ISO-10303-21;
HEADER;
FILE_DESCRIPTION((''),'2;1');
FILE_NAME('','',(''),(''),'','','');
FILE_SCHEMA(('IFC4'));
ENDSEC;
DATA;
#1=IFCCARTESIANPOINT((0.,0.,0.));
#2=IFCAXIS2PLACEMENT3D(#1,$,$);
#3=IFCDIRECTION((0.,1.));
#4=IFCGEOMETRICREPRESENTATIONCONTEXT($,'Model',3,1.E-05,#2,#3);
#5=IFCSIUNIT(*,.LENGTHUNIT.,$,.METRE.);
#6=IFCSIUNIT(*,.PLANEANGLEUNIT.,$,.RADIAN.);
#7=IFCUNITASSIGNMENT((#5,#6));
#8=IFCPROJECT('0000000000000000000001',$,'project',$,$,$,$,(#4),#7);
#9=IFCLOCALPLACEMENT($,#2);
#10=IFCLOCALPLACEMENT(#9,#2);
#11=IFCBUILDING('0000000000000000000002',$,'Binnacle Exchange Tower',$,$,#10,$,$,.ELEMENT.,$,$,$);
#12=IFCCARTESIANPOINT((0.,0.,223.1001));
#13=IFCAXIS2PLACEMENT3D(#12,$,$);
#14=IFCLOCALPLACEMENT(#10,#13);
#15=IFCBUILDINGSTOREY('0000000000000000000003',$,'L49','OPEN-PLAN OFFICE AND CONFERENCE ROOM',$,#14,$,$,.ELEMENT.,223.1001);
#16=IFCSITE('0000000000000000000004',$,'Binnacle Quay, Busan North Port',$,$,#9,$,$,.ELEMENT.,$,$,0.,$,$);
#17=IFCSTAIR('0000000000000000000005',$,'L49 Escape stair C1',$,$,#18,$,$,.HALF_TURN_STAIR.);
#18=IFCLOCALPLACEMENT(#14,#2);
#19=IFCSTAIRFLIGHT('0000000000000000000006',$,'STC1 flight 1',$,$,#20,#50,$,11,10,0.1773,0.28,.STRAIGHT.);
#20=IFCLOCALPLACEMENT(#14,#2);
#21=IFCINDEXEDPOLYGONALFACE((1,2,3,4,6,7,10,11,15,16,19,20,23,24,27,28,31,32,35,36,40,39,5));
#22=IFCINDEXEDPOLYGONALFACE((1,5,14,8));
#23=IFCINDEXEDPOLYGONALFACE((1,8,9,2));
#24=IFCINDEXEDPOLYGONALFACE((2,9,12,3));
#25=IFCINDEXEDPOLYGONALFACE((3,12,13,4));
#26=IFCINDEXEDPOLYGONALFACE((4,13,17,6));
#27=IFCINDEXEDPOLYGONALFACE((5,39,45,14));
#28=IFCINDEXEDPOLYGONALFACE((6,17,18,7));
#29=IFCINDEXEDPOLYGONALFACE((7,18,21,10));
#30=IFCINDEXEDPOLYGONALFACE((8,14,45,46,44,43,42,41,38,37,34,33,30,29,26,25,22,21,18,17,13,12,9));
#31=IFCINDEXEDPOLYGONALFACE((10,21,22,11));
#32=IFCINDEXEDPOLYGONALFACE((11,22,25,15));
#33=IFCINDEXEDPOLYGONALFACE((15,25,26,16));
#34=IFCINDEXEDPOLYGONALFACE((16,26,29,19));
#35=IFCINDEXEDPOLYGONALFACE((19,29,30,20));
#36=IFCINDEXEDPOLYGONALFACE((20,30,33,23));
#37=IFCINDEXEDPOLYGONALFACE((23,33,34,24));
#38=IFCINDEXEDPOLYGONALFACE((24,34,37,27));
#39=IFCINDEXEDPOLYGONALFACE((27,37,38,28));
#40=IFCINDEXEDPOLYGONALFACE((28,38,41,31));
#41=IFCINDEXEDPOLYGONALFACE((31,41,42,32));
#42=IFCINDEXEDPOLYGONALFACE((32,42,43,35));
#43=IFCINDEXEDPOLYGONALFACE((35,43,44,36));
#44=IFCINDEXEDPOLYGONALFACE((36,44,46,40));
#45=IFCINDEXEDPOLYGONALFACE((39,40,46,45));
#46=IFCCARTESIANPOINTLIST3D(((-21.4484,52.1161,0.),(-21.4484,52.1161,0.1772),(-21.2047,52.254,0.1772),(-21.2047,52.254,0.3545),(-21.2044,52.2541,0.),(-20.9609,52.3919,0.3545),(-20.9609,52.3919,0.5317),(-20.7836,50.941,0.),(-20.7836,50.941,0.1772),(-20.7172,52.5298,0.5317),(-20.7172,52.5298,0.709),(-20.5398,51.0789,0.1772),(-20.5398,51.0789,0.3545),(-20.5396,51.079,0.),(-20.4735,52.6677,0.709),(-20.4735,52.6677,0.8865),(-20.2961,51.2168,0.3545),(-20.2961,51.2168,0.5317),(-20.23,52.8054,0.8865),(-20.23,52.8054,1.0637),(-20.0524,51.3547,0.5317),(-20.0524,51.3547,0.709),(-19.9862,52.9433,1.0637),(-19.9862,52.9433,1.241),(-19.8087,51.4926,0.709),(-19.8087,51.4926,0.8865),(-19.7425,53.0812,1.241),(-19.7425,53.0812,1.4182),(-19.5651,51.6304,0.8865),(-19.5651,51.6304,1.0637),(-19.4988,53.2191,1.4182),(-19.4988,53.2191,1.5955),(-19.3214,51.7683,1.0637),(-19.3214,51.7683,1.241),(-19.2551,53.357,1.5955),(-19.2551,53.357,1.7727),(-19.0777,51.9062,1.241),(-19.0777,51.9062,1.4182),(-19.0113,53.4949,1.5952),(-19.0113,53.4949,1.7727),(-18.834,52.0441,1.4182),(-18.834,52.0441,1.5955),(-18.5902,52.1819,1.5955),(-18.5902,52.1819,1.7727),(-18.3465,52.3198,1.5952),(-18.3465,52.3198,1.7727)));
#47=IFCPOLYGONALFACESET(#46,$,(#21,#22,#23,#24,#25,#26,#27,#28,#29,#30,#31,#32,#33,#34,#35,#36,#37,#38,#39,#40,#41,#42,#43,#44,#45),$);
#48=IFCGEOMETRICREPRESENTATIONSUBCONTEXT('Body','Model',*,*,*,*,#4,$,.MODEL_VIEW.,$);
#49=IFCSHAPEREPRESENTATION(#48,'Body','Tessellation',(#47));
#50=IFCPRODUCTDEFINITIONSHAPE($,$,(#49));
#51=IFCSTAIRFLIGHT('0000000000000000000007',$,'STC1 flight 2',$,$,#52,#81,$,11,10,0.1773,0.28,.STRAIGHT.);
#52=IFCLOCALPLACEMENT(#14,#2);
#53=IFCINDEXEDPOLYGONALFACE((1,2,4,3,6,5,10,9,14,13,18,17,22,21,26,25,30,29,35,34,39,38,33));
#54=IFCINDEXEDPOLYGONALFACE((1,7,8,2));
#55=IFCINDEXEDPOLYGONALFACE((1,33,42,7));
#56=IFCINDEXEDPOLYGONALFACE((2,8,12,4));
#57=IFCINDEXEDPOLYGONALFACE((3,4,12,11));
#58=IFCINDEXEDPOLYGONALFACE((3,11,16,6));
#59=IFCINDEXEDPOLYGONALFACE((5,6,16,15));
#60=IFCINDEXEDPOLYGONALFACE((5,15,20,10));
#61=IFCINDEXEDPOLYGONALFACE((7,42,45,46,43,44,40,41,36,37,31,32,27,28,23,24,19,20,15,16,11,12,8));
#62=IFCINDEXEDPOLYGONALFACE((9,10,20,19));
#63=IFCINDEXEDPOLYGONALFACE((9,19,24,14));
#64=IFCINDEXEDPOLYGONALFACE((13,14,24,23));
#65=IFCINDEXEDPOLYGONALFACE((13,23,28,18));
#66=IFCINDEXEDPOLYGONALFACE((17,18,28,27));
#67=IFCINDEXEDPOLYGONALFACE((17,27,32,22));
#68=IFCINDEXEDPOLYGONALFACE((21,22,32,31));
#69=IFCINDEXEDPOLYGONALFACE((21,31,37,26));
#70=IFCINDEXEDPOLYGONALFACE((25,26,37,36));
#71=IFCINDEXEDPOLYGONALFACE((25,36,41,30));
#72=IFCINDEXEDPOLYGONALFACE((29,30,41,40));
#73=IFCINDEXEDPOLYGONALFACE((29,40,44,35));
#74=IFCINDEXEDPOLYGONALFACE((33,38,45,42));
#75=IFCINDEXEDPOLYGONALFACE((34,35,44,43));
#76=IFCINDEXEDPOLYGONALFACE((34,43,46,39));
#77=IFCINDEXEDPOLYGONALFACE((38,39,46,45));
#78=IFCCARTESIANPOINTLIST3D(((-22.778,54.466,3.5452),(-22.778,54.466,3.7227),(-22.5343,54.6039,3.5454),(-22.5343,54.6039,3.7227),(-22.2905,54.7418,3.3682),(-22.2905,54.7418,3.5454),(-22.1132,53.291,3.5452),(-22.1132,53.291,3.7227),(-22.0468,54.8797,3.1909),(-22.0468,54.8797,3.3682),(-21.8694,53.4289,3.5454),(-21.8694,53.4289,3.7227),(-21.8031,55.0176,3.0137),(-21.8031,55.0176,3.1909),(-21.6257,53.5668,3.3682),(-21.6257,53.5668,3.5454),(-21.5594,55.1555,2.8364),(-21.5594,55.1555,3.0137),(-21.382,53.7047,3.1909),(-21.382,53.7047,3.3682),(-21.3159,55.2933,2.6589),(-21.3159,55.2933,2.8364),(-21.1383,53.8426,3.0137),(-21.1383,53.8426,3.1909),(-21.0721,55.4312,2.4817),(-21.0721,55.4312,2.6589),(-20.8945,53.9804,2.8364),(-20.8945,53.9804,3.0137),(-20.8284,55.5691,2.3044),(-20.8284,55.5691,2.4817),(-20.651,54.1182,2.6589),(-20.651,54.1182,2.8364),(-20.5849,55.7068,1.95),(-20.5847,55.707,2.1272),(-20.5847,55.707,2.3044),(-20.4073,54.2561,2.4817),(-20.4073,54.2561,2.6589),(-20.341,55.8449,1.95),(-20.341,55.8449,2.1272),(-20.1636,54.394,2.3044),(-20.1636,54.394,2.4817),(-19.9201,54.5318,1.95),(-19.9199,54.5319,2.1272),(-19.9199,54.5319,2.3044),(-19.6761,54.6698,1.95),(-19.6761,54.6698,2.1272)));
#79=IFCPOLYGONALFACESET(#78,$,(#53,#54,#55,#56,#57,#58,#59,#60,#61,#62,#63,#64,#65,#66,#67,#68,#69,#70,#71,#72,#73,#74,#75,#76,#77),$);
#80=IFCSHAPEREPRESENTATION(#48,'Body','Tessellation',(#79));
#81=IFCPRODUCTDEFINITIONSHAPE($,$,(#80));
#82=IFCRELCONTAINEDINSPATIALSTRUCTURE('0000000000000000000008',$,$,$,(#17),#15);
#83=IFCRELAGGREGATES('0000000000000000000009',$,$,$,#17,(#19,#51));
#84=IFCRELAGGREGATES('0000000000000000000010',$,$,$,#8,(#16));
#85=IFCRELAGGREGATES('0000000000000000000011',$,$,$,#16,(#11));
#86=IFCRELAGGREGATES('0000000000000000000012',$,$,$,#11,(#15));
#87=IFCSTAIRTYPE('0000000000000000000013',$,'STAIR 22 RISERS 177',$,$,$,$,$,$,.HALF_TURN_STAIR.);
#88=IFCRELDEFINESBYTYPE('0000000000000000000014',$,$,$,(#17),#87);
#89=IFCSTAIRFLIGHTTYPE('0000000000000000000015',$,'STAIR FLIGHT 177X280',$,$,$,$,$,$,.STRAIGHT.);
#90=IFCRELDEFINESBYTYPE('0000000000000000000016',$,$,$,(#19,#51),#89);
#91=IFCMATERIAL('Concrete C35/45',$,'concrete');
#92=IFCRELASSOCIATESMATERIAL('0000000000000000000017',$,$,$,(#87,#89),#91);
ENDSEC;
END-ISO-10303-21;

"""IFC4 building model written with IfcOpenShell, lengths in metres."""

from ifc_helpers import new_model, si_unit, direction, frame, origin, place, context, subcontext, project, spatial, polyline, outline, extrude, material, type_object, element, aggregate, save


model = new_model("IFC4")

# Units and contexts
model_context = context("Model", 3, precision=1e-05, world=origin(), true_north=direction((0.0, 1.0)))
body_context = subcontext(model_context, "Body", "Model", "MODEL_VIEW")
ifc_project = project(units=[si_unit("LENGTHUNIT", "METRE"), si_unit("PLANEANGLEUNIT", "RADIAN")], contexts=[model_context])

# Site, building, storey
site_placement = place(None, origin())
site = spatial("IfcSite", under=ifc_project, at=site_placement, Name="Binnacle Quay, Busan North Port", CompositionType="ELEMENT", RefElevation=0.0)
building_placement = place(site_placement, origin())
building = spatial("IfcBuilding", under=site, at=building_placement, Name="Binnacle Exchange Tower", CompositionType="ELEMENT")
storey_placement = place(building_placement, frame((0.0, 0.0, 223.1001)))
storey = spatial("IfcBuildingStorey", under=building, at=storey_placement, Name="L49", Description="OPEN-PLAN OFFICE AND CONFERENCE ROOM", CompositionType="ELEMENT", Elevation=223.1001)

# Stair, stair flights
ifc_material_1 = material(Name="Concrete C35/45", Category="concrete")
stair_type = type_object("IfcStairType", Name="STAIR 22 RISERS 177", PredefinedType="HALF_TURN_STAIR", material=ifc_material_1)
stair_placement = place(storey_placement, origin())
stair = element("IfcStair", 1, at=stair_placement, inside=storey, type_object=stair_type, Name="L49 Escape stair C1", PredefinedType="HALF_TURN_STAIR")
stair_flight_type = type_object("IfcStairFlightType", Name="STAIR FLIGHT 177X280", PredefinedType="STRAIGHT", material=ifc_material_1)
stair_flight_1_placement = place(storey_placement, frame((-21.116, 51.5286, 0.0), z_axis=(0.0, 0.0, 1.0), x_axis=(0.870356, 0.492424, 0.0)))
stair_flight_1 = element("IfcStairFlight", 2, at=stair_flight_1_placement, type_object=stair_flight_type, Name="STC1 flight 1", NumberOfRisers=11, NumberOfTreads=10, PredefinedType="STRAIGHT", RiserHeight=0.1773, TreadLength=0.28, context=body_context, shape_type="SweptSolid", body=[
    extrude(outline(polyline([(0.0, 0.0), (0.0, 0.1772), (0.28, 0.1772), (0.28, 0.3545), (0.5601, 0.3545), (0.5601, 0.5317), (0.8401, 0.5317), (0.8401, 0.709), (1.1201, 0.709), (1.1201, 0.8865), (1.3999, 0.8865), (1.3999, 1.0637), (1.6799, 1.0637), (1.6799, 1.241), (1.96, 1.241), (1.96, 1.4182), (2.24, 1.4182), (2.24, 1.5955), (2.52, 1.5955), (2.52, 1.7727), (2.8, 1.7727), (2.8, 1.95), (2.8, 1.5952), (0.2803, 0.0), (0.0, 0.0)])), frame((0.0, 0.675, 0.0), z_axis=(0.0, -1.0, 0.0), x_axis=(1.0, 0.0, 0.0)), (0.0, 0.0, 1.0), 1.3501),
])
stair_flight_2_placement = place(storey_placement, frame((-20.0085, 55.2573, 1.95), z_axis=(0.0, 0.0, 1.0), x_axis=(-0.870356, -0.492424, 0.0)))
stair_flight_2 = element("IfcStairFlight", 3, at=stair_flight_2_placement, type_object=stair_flight_type, Name="STC1 flight 2", NumberOfRisers=11, NumberOfTreads=10, PredefinedType="STRAIGHT", RiserHeight=0.1773, TreadLength=0.28, context=body_context, shape_type="SweptSolid", body=[
    extrude(outline(polyline([(0.0, 0.0), (0.0, 0.1772), (0.28, 0.1772), (0.28, 0.3545), (0.5601, 0.3545), (0.5601, 0.5317), (0.8401, 0.5317), (0.8401, 0.709), (1.1201, 0.709), (1.1201, 0.8865), (1.3999, 0.8865), (1.3999, 1.0637), (1.6799, 1.0637), (1.6799, 1.241), (1.96, 1.241), (1.96, 1.4182), (2.24, 1.4182), (2.24, 1.5955), (2.52, 1.5955), (2.52, 1.7727), (2.8, 1.7727), (2.8, 1.95), (2.8, 1.5952), (0.2803, 0.0), (0.0, 0.0)])), frame((0.0, 0.675, 0.0), z_axis=(0.0, -1.0, 0.0), x_axis=(1.0, 0.0, 0.0)), (0.0, 0.0, 1.0), 1.3501),
])
aggregate(stair, [stair_flight_1, stair_flight_2])

save(model, "model.ifc")
